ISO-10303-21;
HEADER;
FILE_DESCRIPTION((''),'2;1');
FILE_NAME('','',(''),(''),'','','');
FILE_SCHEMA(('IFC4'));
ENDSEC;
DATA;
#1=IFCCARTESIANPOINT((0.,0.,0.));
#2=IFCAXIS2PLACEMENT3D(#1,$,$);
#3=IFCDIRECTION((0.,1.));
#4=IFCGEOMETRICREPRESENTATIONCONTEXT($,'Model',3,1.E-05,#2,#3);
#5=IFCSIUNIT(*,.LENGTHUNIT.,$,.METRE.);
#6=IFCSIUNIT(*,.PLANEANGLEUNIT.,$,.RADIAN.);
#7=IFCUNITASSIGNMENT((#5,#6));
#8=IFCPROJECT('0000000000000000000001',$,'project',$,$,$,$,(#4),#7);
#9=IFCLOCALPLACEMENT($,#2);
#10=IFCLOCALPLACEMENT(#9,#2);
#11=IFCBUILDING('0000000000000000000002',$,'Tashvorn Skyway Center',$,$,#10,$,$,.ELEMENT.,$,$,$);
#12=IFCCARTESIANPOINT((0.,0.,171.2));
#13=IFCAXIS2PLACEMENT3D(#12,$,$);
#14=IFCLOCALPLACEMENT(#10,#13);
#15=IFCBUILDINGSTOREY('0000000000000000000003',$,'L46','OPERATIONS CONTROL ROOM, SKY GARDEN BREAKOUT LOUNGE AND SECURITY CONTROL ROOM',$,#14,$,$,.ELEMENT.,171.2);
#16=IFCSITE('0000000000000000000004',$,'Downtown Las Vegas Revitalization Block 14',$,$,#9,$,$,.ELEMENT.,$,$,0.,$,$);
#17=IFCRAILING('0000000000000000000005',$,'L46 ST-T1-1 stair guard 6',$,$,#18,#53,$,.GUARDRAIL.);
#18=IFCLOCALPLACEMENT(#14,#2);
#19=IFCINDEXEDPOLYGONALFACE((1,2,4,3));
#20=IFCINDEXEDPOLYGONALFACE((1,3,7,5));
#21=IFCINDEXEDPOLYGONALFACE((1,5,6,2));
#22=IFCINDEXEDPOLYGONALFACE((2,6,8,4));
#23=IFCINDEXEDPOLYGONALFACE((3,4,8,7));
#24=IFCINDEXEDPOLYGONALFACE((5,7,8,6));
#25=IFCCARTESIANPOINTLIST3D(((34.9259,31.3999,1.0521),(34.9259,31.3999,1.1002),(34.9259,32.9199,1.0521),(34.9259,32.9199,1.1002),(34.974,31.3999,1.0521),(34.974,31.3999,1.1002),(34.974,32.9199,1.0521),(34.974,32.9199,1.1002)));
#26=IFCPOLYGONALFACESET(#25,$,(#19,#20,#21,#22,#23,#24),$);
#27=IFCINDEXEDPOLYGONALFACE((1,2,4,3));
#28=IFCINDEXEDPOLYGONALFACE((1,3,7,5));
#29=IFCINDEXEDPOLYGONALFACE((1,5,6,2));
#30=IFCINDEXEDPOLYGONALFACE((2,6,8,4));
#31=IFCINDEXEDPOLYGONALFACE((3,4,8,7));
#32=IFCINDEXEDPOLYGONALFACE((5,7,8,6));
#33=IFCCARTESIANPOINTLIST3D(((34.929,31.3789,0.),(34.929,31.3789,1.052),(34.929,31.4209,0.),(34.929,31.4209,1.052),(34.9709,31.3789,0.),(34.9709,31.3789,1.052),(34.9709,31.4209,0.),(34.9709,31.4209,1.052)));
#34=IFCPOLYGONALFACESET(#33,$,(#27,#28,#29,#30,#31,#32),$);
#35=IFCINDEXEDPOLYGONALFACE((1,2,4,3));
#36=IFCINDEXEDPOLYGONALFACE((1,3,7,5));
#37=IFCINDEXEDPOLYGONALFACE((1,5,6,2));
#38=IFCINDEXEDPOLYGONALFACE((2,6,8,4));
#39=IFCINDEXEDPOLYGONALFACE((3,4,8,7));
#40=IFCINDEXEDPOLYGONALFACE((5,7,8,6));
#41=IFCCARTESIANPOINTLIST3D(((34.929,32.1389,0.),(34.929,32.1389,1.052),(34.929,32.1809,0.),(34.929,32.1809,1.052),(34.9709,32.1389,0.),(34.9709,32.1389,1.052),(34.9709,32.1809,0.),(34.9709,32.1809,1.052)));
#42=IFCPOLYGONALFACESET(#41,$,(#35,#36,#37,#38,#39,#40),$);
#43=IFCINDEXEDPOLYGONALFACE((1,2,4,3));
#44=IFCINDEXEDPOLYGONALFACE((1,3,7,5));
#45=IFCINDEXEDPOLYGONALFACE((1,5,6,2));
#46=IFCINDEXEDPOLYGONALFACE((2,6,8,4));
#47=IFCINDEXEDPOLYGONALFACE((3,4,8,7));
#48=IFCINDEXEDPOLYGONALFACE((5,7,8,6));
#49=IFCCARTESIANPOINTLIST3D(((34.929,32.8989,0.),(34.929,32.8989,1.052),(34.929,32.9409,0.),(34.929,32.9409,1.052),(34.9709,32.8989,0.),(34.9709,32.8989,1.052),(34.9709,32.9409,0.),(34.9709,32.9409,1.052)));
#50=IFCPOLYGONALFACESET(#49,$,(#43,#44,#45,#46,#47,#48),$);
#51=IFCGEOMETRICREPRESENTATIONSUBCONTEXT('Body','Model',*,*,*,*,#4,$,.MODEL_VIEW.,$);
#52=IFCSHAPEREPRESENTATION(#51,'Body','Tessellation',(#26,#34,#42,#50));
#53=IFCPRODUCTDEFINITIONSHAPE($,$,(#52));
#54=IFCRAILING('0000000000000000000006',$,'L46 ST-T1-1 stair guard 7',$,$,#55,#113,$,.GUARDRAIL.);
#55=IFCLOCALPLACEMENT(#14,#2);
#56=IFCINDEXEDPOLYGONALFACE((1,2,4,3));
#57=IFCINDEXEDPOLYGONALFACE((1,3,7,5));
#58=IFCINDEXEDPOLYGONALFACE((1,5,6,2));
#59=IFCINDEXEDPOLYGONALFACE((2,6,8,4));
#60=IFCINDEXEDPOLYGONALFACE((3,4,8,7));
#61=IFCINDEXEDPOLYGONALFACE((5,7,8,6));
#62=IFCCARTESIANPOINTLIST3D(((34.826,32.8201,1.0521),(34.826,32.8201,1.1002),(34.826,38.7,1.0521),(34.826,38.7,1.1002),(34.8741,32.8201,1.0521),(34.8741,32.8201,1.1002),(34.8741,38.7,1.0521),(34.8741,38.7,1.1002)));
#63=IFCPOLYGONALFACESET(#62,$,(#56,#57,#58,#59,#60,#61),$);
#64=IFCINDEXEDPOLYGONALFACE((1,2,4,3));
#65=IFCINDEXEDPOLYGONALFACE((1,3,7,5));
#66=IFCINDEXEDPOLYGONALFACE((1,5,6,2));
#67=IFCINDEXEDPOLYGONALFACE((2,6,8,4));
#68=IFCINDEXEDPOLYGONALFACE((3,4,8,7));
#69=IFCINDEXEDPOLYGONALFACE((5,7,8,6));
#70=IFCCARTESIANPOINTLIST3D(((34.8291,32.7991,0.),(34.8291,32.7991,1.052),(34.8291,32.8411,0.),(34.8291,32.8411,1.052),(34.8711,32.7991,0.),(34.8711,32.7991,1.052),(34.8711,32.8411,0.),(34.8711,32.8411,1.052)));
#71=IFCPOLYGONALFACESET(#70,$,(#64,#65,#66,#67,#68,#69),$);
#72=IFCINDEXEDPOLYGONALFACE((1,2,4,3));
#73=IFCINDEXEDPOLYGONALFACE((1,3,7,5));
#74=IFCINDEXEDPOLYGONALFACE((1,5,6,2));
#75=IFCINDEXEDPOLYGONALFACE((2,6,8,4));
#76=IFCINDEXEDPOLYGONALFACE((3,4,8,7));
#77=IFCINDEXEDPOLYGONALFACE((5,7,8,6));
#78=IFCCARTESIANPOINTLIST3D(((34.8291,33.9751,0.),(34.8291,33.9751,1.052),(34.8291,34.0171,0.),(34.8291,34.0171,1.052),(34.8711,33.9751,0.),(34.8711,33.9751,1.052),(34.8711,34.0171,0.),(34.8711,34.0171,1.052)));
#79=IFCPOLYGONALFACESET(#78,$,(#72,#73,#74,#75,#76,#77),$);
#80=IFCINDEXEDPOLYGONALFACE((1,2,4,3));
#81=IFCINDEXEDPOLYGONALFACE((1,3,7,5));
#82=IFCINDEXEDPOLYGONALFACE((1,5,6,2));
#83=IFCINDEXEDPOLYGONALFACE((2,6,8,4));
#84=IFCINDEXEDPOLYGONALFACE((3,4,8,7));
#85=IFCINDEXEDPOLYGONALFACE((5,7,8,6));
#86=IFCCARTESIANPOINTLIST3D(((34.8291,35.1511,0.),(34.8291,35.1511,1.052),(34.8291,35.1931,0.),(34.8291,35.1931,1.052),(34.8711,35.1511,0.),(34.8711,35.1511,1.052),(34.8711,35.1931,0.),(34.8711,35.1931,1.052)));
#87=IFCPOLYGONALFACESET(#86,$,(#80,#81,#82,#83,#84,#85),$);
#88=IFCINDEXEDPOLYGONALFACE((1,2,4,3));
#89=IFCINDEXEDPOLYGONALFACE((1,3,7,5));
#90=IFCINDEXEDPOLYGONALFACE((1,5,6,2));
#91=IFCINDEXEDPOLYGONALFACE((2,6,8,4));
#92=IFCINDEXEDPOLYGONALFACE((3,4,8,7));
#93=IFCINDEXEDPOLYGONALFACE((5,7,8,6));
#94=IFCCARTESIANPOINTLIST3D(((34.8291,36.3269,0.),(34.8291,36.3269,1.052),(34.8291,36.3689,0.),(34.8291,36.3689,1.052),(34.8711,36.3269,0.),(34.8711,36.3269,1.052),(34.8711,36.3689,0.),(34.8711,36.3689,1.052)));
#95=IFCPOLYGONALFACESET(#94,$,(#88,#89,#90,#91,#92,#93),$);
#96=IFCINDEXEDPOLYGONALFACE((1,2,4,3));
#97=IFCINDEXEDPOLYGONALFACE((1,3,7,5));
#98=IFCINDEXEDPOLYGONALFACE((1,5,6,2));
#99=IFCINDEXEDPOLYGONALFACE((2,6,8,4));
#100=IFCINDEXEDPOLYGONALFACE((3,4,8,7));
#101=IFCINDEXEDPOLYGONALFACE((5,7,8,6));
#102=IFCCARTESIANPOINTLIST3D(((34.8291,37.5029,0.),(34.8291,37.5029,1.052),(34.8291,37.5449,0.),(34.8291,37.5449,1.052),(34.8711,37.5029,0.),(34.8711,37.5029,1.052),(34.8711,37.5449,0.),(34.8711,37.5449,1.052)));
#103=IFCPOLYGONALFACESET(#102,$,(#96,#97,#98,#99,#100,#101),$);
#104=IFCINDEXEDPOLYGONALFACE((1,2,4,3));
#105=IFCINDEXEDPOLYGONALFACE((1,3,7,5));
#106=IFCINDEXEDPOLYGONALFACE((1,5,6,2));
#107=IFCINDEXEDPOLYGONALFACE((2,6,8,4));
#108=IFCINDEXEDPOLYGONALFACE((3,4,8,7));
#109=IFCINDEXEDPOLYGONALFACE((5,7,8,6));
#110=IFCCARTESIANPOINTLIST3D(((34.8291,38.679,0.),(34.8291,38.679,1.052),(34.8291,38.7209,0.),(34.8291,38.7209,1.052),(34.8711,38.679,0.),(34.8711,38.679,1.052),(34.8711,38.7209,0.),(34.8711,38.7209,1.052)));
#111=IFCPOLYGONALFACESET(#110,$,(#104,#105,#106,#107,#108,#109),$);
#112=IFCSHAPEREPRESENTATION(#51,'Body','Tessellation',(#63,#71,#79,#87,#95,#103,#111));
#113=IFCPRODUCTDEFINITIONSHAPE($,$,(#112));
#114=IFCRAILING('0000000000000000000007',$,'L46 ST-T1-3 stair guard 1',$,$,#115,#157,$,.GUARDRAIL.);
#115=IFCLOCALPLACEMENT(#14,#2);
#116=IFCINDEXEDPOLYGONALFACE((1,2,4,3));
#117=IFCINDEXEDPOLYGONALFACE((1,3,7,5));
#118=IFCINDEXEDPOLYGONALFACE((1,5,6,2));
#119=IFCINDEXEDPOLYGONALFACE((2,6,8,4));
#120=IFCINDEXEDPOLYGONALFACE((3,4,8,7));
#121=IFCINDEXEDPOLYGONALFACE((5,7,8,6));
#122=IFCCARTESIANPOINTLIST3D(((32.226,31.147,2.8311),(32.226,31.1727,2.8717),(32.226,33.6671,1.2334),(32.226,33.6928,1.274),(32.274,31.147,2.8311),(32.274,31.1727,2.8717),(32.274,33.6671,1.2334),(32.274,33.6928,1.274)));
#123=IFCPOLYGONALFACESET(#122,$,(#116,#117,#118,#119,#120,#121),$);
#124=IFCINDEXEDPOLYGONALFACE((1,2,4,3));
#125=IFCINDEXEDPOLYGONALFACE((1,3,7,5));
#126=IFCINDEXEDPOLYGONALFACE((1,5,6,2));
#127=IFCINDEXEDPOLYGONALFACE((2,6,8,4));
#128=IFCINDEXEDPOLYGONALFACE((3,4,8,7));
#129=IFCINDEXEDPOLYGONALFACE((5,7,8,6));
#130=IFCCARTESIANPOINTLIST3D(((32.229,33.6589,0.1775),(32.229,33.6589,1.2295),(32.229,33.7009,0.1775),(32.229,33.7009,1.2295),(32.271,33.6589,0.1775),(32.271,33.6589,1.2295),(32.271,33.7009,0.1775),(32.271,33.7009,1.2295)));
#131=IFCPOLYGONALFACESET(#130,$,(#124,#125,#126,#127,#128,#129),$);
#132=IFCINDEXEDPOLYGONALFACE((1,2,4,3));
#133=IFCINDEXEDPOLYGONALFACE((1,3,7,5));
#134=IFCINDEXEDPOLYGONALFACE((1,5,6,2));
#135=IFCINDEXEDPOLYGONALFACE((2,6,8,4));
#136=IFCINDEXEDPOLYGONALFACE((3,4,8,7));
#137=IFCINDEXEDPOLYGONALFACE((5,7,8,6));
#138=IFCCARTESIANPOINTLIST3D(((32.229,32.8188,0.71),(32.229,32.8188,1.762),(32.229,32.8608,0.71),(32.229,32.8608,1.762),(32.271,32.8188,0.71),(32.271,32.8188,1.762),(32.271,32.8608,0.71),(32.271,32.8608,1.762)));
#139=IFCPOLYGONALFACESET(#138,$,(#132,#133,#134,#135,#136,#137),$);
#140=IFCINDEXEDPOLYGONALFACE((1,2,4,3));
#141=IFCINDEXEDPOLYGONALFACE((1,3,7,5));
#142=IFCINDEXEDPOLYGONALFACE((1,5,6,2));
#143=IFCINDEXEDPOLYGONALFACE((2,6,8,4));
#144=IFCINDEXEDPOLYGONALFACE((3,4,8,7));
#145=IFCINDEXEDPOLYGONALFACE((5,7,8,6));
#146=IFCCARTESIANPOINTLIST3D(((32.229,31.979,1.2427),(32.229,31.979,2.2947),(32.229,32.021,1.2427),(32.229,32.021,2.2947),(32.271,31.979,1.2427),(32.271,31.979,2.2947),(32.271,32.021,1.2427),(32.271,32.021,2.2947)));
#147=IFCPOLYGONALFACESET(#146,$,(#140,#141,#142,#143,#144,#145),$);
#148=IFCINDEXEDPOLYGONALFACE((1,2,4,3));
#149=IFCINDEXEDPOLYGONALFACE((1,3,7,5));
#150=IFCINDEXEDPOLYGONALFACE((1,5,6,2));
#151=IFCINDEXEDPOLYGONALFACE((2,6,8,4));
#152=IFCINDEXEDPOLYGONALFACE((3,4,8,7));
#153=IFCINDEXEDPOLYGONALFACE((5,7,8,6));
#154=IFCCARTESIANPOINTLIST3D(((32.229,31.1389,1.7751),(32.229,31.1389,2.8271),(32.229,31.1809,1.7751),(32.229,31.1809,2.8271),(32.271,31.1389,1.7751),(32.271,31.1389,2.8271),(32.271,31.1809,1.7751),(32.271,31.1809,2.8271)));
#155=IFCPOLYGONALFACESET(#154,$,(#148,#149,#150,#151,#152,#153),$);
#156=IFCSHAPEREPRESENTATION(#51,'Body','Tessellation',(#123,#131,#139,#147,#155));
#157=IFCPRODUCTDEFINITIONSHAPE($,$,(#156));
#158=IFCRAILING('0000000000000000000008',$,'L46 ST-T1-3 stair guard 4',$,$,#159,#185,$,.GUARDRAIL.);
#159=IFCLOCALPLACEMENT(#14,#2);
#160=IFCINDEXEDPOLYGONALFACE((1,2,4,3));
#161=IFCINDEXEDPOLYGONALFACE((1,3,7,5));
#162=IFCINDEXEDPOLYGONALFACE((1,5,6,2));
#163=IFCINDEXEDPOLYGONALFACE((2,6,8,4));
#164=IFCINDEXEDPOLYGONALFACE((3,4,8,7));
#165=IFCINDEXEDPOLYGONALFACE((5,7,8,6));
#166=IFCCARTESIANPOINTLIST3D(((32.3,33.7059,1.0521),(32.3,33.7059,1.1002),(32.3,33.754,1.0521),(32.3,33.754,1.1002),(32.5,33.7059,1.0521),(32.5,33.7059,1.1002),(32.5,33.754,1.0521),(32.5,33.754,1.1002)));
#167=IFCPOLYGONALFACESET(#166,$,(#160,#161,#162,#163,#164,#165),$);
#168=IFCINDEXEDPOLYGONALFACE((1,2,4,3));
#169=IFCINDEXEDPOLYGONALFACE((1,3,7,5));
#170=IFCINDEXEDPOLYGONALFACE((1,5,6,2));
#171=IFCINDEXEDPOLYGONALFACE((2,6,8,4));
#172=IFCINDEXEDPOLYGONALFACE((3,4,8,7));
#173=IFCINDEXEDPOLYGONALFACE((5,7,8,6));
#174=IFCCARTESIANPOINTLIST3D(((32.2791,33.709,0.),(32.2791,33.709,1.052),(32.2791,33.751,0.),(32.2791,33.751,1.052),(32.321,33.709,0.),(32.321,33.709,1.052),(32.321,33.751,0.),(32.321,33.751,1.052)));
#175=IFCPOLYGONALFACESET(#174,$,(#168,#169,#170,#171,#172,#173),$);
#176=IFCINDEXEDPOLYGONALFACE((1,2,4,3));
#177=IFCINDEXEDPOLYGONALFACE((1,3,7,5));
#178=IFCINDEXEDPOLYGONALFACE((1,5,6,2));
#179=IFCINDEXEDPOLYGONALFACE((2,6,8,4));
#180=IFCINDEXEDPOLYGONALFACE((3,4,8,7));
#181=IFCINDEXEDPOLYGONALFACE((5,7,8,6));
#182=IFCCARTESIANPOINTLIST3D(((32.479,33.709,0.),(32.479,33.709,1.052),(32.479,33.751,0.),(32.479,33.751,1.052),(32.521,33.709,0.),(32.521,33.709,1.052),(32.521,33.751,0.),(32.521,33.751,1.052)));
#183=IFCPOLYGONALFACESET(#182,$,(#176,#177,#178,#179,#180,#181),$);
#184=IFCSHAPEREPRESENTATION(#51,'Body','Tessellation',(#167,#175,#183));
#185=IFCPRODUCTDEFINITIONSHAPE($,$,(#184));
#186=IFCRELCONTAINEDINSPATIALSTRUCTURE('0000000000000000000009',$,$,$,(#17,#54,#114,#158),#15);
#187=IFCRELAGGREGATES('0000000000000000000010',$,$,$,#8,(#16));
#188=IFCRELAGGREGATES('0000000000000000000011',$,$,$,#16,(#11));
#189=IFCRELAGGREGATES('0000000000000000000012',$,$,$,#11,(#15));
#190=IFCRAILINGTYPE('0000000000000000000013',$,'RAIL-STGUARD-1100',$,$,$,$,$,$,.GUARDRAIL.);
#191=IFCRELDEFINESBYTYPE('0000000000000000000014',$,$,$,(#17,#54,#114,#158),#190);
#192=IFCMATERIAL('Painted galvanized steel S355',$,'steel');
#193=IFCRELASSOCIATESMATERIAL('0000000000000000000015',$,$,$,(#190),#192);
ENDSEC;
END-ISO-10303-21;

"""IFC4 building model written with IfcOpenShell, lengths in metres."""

from ifc_helpers import new_model, si_unit, direction, frame, origin, origin_2d, place, context, subcontext, project, spatial, rectangle, extrude, material, type_object, element, save


model = new_model("IFC4")

# Units and contexts
model_context = context("Model", 3, precision=1e-05, world=origin(), true_north=direction((0.0, 1.0)))
body_context = subcontext(model_context, "Body", "Model", "MODEL_VIEW")
ifc_project = project(units=[si_unit("LENGTHUNIT", "METRE"), si_unit("PLANEANGLEUNIT", "RADIAN")], contexts=[model_context])

# Site, building, storey
site_placement = place(None, origin())
site = spatial("IfcSite", under=ifc_project, at=site_placement, Name="Downtown Las Vegas Revitalization Block 14", CompositionType="ELEMENT", RefElevation=0.0)
building_placement = place(site_placement, origin())
building = spatial("IfcBuilding", under=site, at=building_placement, Name="Tashvorn Skyway Center", CompositionType="ELEMENT")
storey_placement = place(building_placement, frame((0.0, 0.0, 171.2)))
storey = spatial("IfcBuildingStorey", under=building, at=storey_placement, Name="L46", Description="OPERATIONS CONTROL ROOM, SKY GARDEN BREAKOUT LOUNGE AND SECURITY CONTROL ROOM", CompositionType="ELEMENT", Elevation=171.2)

# Railings
ifc_material_1 = material(Name="Painted galvanized steel S355", Category="steel")
railing_type_1 = type_object("IfcRailingType", Name="RAIL-STGUARD-1100", PredefinedType="GUARDRAIL", material=ifc_material_1)
railing_1_placement = place(storey_placement, frame((34.95, 31.3999, 0.0)))
element("IfcRailing", 1, at=railing_1_placement, inside=storey, type_object=railing_type_1, Name="L46 ST-T1-1 stair guard 6", PredefinedType="GUARDRAIL", context=body_context, shape_type="SweptSolid", body=[
    extrude(rectangle(XDim=0.0481, YDim=0.0481, at=origin_2d()), frame((0.0, 0.0, 1.0762), z_axis=(0.0, 1.0, 0.0), x_axis=(-1.0, 0.0, 0.0)), (0.0, 0.0, 1.0), 1.52),
    extrude(rectangle(XDim=0.042, YDim=0.042, at=origin_2d()), origin(), (0.0, 0.0, 1.0), 1.052),
    extrude(rectangle(XDim=0.042, YDim=0.042, at=origin_2d()), frame((0.0, 0.76, 0.0)), (0.0, 0.0, 1.0), 1.052),
    extrude(rectangle(XDim=0.042, YDim=0.042, at=origin_2d()), frame((0.0, 1.52, 0.0)), (0.0, 0.0, 1.0), 1.052),
])
railing_2_placement = place(storey_placement, frame((34.8501, 32.8201, 0.0)))
element("IfcRailing", 2, at=railing_2_placement, inside=storey, type_object=railing_type_1, Name="L46 ST-T1-1 stair guard 7", PredefinedType="GUARDRAIL", context=body_context, shape_type="SweptSolid", body=[
    extrude(rectangle(XDim=0.0481, YDim=0.0481, at=origin_2d()), frame((0.0, 0.0, 1.0762), z_axis=(0.0, 1.0, 0.0), x_axis=(-1.0, 0.0, 0.0)), (0.0, 0.0, 1.0), 5.8799),
    extrude(rectangle(XDim=0.042, YDim=0.042, at=origin_2d()), origin(), (0.0, 0.0, 1.0), 1.052),
    extrude(rectangle(XDim=0.042, YDim=0.042, at=origin_2d()), frame((0.0, 1.176, 0.0)), (0.0, 0.0, 1.0), 1.052),
    extrude(rectangle(XDim=0.042, YDim=0.042, at=origin_2d()), frame((0.0, 2.3521, 0.0)), (0.0, 0.0, 1.0), 1.052),
    extrude(rectangle(XDim=0.042, YDim=0.042, at=origin_2d()), frame((0.0, 3.5278, 0.0)), (0.0, 0.0, 1.0), 1.052),
    extrude(rectangle(XDim=0.042, YDim=0.042, at=origin_2d()), frame((0.0, 4.7039, 0.0)), (0.0, 0.0, 1.0), 1.052),
    extrude(rectangle(XDim=0.042, YDim=0.042, at=origin_2d()), frame((0.0, 5.8799, 0.0)), (0.0, 0.0, 1.0), 1.052),
])
railing_3_placement = place(storey_placement, frame((32.25, 33.6799, 0.1775)))
element("IfcRailing", 3, at=railing_3_placement, inside=storey, type_object=railing_type_1, Name="L46 ST-T1-3 stair guard 1", PredefinedType="GUARDRAIL", context=body_context, shape_type="SweptSolid", body=[
    extrude(rectangle(XDim=0.0481, YDim=0.0481, at=origin_2d()), frame((0.0, 0.0, 1.0762), z_axis=(0.0, -0.84457, 0.535445), x_axis=(1.0, 0.0, 0.0)), (0.0, 0.0, 1.0), 2.9839),
    extrude(rectangle(XDim=0.042, YDim=0.042, at=origin_2d()), origin(), (0.0, 0.0, 1.0), 1.052),
    extrude(rectangle(XDim=0.042, YDim=0.042, at=origin_2d()), frame((0.0, -0.8401, 0.5325)), (0.0, 0.0, 1.0), 1.052),
    extrude(rectangle(XDim=0.042, YDim=0.042, at=origin_2d()), frame((0.0, -1.6799, 1.0652)), (0.0, 0.0, 1.0), 1.052),
    extrude(rectangle(XDim=0.042, YDim=0.042, at=origin_2d()), frame((0.0, -2.52, 1.5977)), (0.0, 0.0, 1.0), 1.052),
])
railing_4_placement = place(storey_placement, frame((32.3, 33.73, 0.0)))
element("IfcRailing", 4, at=railing_4_placement, inside=storey, type_object=railing_type_1, Name="L46 ST-T1-3 stair guard 4", PredefinedType="GUARDRAIL", context=body_context, shape_type="SweptSolid", body=[
    extrude(rectangle(XDim=0.0481, YDim=0.0481, at=origin_2d()), frame((0.0, 0.0, 1.0762), z_axis=(1.0, 0.0, 0.0), x_axis=(0.0, 1.0, 0.0)), (0.0, 0.0, 1.0), 0.2),
    extrude(rectangle(XDim=0.042, YDim=0.042, at=origin_2d()), origin(), (0.0, 0.0, 1.0), 1.052),
    extrude(rectangle(XDim=0.042, YDim=0.042, at=origin_2d()), frame((0.2, 0.0, 0.0)), (0.0, 0.0, 1.0), 1.052),
])

save(model, "model.ifc")
